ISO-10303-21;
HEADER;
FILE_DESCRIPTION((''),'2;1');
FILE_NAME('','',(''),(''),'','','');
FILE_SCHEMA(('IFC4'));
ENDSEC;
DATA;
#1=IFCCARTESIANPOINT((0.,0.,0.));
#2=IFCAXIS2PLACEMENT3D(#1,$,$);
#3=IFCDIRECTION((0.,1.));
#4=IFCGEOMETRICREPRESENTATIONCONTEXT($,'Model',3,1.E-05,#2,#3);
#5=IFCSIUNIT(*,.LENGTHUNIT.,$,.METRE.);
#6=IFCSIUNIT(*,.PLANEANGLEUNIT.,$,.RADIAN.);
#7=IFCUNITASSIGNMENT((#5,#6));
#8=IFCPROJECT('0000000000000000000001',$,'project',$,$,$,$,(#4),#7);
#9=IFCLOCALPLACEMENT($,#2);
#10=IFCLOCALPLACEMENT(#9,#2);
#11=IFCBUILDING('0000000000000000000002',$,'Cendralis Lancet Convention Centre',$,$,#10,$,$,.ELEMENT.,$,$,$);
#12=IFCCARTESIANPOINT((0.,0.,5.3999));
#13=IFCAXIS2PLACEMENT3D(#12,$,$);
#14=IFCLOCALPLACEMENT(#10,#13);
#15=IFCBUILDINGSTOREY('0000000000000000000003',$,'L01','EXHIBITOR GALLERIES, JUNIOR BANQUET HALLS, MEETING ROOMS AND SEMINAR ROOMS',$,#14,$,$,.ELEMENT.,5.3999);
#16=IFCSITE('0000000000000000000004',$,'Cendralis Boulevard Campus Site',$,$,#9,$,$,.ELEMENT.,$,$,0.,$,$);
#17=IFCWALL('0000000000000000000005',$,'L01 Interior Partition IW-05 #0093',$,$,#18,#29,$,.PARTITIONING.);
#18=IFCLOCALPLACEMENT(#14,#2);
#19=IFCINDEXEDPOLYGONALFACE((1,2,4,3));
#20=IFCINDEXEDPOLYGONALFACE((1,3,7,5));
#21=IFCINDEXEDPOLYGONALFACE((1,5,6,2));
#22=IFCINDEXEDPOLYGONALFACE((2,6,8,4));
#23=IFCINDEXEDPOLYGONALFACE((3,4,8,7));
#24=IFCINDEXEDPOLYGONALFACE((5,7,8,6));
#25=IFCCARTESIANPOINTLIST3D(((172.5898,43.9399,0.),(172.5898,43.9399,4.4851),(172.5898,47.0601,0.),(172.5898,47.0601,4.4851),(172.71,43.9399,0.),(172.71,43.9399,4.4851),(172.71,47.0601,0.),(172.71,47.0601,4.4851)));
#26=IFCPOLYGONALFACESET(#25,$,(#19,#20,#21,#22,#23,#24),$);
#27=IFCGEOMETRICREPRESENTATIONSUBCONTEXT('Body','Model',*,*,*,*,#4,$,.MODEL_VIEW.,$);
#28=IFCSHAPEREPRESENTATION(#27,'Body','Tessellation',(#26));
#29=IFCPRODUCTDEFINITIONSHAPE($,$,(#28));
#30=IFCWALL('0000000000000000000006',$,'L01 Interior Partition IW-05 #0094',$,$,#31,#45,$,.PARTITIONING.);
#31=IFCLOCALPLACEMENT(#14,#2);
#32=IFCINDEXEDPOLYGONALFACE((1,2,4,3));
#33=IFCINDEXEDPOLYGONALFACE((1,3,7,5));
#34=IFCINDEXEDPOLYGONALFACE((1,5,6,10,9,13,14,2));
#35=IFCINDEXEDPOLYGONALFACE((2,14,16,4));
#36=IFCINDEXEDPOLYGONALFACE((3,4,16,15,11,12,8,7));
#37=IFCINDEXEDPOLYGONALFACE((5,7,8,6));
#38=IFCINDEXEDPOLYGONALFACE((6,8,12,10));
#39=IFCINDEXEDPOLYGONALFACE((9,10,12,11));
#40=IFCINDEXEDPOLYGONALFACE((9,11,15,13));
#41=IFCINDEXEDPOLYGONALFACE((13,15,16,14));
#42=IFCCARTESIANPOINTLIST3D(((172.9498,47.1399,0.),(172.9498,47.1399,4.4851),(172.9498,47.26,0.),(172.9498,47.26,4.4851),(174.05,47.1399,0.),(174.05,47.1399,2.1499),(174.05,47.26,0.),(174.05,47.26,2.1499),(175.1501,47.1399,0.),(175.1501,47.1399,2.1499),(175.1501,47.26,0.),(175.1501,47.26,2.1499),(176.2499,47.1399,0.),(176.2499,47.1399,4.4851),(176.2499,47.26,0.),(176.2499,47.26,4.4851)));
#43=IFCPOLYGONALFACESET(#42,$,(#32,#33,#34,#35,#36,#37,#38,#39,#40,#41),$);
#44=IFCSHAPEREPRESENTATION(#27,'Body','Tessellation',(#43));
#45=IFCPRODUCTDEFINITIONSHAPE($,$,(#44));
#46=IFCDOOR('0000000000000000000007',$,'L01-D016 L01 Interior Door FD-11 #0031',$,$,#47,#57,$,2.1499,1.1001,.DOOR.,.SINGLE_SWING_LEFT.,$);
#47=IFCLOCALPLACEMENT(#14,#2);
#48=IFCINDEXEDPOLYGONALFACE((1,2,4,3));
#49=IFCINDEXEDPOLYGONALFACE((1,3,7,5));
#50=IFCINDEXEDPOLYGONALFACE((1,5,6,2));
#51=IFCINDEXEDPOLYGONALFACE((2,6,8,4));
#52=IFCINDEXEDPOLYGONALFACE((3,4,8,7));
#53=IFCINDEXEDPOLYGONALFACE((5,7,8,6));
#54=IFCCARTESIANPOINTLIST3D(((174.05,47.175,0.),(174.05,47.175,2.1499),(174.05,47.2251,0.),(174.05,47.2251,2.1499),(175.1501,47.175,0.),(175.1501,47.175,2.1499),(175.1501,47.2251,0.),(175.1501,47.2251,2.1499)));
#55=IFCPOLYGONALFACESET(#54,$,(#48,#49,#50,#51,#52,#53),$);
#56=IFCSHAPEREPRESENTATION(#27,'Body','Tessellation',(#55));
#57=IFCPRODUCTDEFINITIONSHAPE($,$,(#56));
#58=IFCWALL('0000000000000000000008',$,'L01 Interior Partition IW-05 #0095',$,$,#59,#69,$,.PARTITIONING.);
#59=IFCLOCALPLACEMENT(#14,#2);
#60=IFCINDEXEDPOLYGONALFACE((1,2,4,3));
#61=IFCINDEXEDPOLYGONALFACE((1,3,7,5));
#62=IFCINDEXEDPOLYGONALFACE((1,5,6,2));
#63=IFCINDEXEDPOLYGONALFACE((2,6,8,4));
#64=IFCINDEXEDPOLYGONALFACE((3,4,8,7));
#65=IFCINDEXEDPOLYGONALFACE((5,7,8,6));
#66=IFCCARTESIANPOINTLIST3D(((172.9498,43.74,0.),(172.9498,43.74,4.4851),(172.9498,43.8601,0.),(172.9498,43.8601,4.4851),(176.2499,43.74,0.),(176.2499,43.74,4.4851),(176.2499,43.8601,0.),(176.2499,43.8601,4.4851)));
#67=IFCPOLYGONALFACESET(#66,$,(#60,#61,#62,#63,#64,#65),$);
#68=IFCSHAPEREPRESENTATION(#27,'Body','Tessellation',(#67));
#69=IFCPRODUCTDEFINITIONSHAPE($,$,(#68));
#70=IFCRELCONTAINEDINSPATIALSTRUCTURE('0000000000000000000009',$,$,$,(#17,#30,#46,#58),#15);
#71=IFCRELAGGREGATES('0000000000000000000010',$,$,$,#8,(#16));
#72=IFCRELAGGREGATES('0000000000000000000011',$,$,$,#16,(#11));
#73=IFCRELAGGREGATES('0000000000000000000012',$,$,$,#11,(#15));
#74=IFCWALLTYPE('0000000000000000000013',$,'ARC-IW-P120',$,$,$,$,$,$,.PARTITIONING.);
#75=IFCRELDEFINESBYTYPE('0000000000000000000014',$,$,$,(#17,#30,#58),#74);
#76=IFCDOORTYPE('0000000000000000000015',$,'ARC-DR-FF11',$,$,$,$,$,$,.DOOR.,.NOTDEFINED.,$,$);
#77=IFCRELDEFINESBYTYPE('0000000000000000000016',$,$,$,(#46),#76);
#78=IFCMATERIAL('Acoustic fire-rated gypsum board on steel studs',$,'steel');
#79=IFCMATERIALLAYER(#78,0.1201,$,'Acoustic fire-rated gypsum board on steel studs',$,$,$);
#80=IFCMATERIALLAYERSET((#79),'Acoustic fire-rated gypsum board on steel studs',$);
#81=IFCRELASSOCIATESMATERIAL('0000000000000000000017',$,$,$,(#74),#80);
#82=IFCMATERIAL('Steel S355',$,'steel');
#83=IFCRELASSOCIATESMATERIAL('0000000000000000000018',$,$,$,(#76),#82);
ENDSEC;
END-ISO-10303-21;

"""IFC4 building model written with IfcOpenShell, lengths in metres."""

from ifc_helpers import new_model, si_unit, direction, frame, frame_2d, origin, place, context, subcontext, project, spatial, rectangle, extrude, material, layer, layer_set, type_object, element, fill, save


model = new_model("IFC4")

# Units and contexts
model_context = context("Model", 3, precision=1e-05, world=origin(), true_north=direction((0.0, 1.0)))
body_context = subcontext(model_context, "Body", "Model", "MODEL_VIEW")
ifc_project = project(units=[si_unit("LENGTHUNIT", "METRE"), si_unit("PLANEANGLEUNIT", "RADIAN")], contexts=[model_context])

# Site, building, storey
site_placement = place(None, origin())
site = spatial("IfcSite", under=ifc_project, at=site_placement, Name="Cendralis Boulevard Campus Site", CompositionType="ELEMENT", RefElevation=0.0)
building_placement = place(site_placement, origin())
building = spatial("IfcBuilding", under=site, at=building_placement, Name="Cendralis Lancet Convention Centre", CompositionType="ELEMENT")
storey_placement = place(building_placement, frame((0.0, 0.0, 5.3999)))
storey = spatial("IfcBuildingStorey", under=building, at=storey_placement, Name="L01", Description="EXHIBITOR GALLERIES, JUNIOR BANQUET HALLS, MEETING ROOMS AND SEMINAR ROOMS", CompositionType="ELEMENT", Elevation=5.3999)

# Shared definitions
ifc_material_1 = material(Name="Acoustic fire-rated gypsum board on steel studs", Category="steel")
ifc_layer_1 = layer(ifc_material_1, 0.1201, Name="Acoustic fire-rated gypsum board on steel studs")
ifc_layer_set_1 = layer_set([ifc_layer_1], Name="Acoustic fire-rated gypsum board on steel studs")
wall_type_1 = type_object("IfcWallType", Name="ARC-IW-P120", PredefinedType="PARTITIONING", material=ifc_layer_set_1)
ifc_material_2 = material(Name="Steel S355", Category="steel")
door_type = type_object("IfcDoorType", Name="ARC-DR-FF11", OperationType="NOTDEFINED", PredefinedType="DOOR", material=ifc_material_2)

# Wall
for number, where, z_axis, x_axis, name in (
    (1, (172.6499, 43.9399, 0.0), (0.0, 0.0, 1.0), (0.0, 1.0, 0.0), "L01 Interior Partition IW-05 #0093"),
):
    element("IfcWall", number, at=place(storey_placement, frame(where, z_axis=z_axis, x_axis=x_axis)), inside=storey, type_object=wall_type_1, Name=name, PredefinedType="PARTITIONING", context=body_context, shape_type="SweptSolid", body=[
        extrude(rectangle(XDim=3.1201, YDim=0.1201, at=frame_2d((1.5601, 0.0))), origin(), (0.0, 0.0, 1.0), 4.4851),
    ])

# Wall, opening, door
wall_1_placement = place(storey_placement, frame((172.95, 47.2, 0.0), z_axis=(0.0, 0.0, 1.0), x_axis=(1.0, 0.0, 0.0)))
wall_1 = element("IfcWall", 2, at=wall_1_placement, inside=storey, type_object=wall_type_1, Name="L01 Interior Partition IW-05 #0094", PredefinedType="PARTITIONING", context=body_context, shape_type="SweptSolid", body=[
    extrude(rectangle(XDim=3.3, YDim=0.1201, at=frame_2d((1.6499, 0.0))), origin(), (0.0, 0.0, 1.0), 4.4851),
])
opening_1_placement = place(wall_1_placement, frame((1.1001, 0.0, 0.0)))
opening_1 = element("IfcOpeningElement", 3, at=opening_1_placement, cuts=wall_1, PredefinedType="OPENING", context=body_context, shape_type="SweptSolid", body=[
    extrude(rectangle(XDim=1.1001, YDim=2.1499, at=frame_2d((0.55, 1.075))), frame((0.0, 0.0701, 0.0), z_axis=(0.0, -1.0, 0.0), x_axis=(1.0, 0.0, 0.0)), (0.0, 0.0, 1.0), 0.1401),
])
door_1_placement = place(opening_1_placement, frame((1.1001, 0.0, 0.0), z_axis=(0.0, 0.0, 1.0), x_axis=(-1.0, 0.0, 0.0)))
door_1 = element("IfcDoor", 4, at=door_1_placement, inside=storey, type_object=door_type, Name="L01-D016 L01 Interior Door FD-11 #0031", OperationType="SINGLE_SWING_LEFT", OverallHeight=2.1499, OverallWidth=1.1001, PredefinedType="DOOR", context=body_context, shape_type="SweptSolid", body=[
    extrude(rectangle(XDim=1.1001, YDim=2.1499, at=frame_2d((0.55, 1.075))), frame((0.0, 0.0249, 0.0), z_axis=(0.0, -1.0, 0.0), x_axis=(1.0, 0.0, 0.0)), (0.0, 0.0, 1.0), 0.05),
])
fill(opening_1, door_1)

# Wall
wall_2_placement = place(storey_placement, frame((172.95, 43.8, 0.0), z_axis=(0.0, 0.0, 1.0), x_axis=(1.0, 0.0, 0.0)))
element("IfcWall", 5, at=wall_2_placement, inside=storey, type_object=wall_type_1, Name="L01 Interior Partition IW-05 #0095", PredefinedType="PARTITIONING", context=body_context, shape_type="SweptSolid", body=[
    extrude(rectangle(XDim=3.3, YDim=0.1201, at=frame_2d((1.6499, 0.0))), origin(), (0.0, 0.0, 1.0), 4.4851),
])

save(model, "model.ifc")
